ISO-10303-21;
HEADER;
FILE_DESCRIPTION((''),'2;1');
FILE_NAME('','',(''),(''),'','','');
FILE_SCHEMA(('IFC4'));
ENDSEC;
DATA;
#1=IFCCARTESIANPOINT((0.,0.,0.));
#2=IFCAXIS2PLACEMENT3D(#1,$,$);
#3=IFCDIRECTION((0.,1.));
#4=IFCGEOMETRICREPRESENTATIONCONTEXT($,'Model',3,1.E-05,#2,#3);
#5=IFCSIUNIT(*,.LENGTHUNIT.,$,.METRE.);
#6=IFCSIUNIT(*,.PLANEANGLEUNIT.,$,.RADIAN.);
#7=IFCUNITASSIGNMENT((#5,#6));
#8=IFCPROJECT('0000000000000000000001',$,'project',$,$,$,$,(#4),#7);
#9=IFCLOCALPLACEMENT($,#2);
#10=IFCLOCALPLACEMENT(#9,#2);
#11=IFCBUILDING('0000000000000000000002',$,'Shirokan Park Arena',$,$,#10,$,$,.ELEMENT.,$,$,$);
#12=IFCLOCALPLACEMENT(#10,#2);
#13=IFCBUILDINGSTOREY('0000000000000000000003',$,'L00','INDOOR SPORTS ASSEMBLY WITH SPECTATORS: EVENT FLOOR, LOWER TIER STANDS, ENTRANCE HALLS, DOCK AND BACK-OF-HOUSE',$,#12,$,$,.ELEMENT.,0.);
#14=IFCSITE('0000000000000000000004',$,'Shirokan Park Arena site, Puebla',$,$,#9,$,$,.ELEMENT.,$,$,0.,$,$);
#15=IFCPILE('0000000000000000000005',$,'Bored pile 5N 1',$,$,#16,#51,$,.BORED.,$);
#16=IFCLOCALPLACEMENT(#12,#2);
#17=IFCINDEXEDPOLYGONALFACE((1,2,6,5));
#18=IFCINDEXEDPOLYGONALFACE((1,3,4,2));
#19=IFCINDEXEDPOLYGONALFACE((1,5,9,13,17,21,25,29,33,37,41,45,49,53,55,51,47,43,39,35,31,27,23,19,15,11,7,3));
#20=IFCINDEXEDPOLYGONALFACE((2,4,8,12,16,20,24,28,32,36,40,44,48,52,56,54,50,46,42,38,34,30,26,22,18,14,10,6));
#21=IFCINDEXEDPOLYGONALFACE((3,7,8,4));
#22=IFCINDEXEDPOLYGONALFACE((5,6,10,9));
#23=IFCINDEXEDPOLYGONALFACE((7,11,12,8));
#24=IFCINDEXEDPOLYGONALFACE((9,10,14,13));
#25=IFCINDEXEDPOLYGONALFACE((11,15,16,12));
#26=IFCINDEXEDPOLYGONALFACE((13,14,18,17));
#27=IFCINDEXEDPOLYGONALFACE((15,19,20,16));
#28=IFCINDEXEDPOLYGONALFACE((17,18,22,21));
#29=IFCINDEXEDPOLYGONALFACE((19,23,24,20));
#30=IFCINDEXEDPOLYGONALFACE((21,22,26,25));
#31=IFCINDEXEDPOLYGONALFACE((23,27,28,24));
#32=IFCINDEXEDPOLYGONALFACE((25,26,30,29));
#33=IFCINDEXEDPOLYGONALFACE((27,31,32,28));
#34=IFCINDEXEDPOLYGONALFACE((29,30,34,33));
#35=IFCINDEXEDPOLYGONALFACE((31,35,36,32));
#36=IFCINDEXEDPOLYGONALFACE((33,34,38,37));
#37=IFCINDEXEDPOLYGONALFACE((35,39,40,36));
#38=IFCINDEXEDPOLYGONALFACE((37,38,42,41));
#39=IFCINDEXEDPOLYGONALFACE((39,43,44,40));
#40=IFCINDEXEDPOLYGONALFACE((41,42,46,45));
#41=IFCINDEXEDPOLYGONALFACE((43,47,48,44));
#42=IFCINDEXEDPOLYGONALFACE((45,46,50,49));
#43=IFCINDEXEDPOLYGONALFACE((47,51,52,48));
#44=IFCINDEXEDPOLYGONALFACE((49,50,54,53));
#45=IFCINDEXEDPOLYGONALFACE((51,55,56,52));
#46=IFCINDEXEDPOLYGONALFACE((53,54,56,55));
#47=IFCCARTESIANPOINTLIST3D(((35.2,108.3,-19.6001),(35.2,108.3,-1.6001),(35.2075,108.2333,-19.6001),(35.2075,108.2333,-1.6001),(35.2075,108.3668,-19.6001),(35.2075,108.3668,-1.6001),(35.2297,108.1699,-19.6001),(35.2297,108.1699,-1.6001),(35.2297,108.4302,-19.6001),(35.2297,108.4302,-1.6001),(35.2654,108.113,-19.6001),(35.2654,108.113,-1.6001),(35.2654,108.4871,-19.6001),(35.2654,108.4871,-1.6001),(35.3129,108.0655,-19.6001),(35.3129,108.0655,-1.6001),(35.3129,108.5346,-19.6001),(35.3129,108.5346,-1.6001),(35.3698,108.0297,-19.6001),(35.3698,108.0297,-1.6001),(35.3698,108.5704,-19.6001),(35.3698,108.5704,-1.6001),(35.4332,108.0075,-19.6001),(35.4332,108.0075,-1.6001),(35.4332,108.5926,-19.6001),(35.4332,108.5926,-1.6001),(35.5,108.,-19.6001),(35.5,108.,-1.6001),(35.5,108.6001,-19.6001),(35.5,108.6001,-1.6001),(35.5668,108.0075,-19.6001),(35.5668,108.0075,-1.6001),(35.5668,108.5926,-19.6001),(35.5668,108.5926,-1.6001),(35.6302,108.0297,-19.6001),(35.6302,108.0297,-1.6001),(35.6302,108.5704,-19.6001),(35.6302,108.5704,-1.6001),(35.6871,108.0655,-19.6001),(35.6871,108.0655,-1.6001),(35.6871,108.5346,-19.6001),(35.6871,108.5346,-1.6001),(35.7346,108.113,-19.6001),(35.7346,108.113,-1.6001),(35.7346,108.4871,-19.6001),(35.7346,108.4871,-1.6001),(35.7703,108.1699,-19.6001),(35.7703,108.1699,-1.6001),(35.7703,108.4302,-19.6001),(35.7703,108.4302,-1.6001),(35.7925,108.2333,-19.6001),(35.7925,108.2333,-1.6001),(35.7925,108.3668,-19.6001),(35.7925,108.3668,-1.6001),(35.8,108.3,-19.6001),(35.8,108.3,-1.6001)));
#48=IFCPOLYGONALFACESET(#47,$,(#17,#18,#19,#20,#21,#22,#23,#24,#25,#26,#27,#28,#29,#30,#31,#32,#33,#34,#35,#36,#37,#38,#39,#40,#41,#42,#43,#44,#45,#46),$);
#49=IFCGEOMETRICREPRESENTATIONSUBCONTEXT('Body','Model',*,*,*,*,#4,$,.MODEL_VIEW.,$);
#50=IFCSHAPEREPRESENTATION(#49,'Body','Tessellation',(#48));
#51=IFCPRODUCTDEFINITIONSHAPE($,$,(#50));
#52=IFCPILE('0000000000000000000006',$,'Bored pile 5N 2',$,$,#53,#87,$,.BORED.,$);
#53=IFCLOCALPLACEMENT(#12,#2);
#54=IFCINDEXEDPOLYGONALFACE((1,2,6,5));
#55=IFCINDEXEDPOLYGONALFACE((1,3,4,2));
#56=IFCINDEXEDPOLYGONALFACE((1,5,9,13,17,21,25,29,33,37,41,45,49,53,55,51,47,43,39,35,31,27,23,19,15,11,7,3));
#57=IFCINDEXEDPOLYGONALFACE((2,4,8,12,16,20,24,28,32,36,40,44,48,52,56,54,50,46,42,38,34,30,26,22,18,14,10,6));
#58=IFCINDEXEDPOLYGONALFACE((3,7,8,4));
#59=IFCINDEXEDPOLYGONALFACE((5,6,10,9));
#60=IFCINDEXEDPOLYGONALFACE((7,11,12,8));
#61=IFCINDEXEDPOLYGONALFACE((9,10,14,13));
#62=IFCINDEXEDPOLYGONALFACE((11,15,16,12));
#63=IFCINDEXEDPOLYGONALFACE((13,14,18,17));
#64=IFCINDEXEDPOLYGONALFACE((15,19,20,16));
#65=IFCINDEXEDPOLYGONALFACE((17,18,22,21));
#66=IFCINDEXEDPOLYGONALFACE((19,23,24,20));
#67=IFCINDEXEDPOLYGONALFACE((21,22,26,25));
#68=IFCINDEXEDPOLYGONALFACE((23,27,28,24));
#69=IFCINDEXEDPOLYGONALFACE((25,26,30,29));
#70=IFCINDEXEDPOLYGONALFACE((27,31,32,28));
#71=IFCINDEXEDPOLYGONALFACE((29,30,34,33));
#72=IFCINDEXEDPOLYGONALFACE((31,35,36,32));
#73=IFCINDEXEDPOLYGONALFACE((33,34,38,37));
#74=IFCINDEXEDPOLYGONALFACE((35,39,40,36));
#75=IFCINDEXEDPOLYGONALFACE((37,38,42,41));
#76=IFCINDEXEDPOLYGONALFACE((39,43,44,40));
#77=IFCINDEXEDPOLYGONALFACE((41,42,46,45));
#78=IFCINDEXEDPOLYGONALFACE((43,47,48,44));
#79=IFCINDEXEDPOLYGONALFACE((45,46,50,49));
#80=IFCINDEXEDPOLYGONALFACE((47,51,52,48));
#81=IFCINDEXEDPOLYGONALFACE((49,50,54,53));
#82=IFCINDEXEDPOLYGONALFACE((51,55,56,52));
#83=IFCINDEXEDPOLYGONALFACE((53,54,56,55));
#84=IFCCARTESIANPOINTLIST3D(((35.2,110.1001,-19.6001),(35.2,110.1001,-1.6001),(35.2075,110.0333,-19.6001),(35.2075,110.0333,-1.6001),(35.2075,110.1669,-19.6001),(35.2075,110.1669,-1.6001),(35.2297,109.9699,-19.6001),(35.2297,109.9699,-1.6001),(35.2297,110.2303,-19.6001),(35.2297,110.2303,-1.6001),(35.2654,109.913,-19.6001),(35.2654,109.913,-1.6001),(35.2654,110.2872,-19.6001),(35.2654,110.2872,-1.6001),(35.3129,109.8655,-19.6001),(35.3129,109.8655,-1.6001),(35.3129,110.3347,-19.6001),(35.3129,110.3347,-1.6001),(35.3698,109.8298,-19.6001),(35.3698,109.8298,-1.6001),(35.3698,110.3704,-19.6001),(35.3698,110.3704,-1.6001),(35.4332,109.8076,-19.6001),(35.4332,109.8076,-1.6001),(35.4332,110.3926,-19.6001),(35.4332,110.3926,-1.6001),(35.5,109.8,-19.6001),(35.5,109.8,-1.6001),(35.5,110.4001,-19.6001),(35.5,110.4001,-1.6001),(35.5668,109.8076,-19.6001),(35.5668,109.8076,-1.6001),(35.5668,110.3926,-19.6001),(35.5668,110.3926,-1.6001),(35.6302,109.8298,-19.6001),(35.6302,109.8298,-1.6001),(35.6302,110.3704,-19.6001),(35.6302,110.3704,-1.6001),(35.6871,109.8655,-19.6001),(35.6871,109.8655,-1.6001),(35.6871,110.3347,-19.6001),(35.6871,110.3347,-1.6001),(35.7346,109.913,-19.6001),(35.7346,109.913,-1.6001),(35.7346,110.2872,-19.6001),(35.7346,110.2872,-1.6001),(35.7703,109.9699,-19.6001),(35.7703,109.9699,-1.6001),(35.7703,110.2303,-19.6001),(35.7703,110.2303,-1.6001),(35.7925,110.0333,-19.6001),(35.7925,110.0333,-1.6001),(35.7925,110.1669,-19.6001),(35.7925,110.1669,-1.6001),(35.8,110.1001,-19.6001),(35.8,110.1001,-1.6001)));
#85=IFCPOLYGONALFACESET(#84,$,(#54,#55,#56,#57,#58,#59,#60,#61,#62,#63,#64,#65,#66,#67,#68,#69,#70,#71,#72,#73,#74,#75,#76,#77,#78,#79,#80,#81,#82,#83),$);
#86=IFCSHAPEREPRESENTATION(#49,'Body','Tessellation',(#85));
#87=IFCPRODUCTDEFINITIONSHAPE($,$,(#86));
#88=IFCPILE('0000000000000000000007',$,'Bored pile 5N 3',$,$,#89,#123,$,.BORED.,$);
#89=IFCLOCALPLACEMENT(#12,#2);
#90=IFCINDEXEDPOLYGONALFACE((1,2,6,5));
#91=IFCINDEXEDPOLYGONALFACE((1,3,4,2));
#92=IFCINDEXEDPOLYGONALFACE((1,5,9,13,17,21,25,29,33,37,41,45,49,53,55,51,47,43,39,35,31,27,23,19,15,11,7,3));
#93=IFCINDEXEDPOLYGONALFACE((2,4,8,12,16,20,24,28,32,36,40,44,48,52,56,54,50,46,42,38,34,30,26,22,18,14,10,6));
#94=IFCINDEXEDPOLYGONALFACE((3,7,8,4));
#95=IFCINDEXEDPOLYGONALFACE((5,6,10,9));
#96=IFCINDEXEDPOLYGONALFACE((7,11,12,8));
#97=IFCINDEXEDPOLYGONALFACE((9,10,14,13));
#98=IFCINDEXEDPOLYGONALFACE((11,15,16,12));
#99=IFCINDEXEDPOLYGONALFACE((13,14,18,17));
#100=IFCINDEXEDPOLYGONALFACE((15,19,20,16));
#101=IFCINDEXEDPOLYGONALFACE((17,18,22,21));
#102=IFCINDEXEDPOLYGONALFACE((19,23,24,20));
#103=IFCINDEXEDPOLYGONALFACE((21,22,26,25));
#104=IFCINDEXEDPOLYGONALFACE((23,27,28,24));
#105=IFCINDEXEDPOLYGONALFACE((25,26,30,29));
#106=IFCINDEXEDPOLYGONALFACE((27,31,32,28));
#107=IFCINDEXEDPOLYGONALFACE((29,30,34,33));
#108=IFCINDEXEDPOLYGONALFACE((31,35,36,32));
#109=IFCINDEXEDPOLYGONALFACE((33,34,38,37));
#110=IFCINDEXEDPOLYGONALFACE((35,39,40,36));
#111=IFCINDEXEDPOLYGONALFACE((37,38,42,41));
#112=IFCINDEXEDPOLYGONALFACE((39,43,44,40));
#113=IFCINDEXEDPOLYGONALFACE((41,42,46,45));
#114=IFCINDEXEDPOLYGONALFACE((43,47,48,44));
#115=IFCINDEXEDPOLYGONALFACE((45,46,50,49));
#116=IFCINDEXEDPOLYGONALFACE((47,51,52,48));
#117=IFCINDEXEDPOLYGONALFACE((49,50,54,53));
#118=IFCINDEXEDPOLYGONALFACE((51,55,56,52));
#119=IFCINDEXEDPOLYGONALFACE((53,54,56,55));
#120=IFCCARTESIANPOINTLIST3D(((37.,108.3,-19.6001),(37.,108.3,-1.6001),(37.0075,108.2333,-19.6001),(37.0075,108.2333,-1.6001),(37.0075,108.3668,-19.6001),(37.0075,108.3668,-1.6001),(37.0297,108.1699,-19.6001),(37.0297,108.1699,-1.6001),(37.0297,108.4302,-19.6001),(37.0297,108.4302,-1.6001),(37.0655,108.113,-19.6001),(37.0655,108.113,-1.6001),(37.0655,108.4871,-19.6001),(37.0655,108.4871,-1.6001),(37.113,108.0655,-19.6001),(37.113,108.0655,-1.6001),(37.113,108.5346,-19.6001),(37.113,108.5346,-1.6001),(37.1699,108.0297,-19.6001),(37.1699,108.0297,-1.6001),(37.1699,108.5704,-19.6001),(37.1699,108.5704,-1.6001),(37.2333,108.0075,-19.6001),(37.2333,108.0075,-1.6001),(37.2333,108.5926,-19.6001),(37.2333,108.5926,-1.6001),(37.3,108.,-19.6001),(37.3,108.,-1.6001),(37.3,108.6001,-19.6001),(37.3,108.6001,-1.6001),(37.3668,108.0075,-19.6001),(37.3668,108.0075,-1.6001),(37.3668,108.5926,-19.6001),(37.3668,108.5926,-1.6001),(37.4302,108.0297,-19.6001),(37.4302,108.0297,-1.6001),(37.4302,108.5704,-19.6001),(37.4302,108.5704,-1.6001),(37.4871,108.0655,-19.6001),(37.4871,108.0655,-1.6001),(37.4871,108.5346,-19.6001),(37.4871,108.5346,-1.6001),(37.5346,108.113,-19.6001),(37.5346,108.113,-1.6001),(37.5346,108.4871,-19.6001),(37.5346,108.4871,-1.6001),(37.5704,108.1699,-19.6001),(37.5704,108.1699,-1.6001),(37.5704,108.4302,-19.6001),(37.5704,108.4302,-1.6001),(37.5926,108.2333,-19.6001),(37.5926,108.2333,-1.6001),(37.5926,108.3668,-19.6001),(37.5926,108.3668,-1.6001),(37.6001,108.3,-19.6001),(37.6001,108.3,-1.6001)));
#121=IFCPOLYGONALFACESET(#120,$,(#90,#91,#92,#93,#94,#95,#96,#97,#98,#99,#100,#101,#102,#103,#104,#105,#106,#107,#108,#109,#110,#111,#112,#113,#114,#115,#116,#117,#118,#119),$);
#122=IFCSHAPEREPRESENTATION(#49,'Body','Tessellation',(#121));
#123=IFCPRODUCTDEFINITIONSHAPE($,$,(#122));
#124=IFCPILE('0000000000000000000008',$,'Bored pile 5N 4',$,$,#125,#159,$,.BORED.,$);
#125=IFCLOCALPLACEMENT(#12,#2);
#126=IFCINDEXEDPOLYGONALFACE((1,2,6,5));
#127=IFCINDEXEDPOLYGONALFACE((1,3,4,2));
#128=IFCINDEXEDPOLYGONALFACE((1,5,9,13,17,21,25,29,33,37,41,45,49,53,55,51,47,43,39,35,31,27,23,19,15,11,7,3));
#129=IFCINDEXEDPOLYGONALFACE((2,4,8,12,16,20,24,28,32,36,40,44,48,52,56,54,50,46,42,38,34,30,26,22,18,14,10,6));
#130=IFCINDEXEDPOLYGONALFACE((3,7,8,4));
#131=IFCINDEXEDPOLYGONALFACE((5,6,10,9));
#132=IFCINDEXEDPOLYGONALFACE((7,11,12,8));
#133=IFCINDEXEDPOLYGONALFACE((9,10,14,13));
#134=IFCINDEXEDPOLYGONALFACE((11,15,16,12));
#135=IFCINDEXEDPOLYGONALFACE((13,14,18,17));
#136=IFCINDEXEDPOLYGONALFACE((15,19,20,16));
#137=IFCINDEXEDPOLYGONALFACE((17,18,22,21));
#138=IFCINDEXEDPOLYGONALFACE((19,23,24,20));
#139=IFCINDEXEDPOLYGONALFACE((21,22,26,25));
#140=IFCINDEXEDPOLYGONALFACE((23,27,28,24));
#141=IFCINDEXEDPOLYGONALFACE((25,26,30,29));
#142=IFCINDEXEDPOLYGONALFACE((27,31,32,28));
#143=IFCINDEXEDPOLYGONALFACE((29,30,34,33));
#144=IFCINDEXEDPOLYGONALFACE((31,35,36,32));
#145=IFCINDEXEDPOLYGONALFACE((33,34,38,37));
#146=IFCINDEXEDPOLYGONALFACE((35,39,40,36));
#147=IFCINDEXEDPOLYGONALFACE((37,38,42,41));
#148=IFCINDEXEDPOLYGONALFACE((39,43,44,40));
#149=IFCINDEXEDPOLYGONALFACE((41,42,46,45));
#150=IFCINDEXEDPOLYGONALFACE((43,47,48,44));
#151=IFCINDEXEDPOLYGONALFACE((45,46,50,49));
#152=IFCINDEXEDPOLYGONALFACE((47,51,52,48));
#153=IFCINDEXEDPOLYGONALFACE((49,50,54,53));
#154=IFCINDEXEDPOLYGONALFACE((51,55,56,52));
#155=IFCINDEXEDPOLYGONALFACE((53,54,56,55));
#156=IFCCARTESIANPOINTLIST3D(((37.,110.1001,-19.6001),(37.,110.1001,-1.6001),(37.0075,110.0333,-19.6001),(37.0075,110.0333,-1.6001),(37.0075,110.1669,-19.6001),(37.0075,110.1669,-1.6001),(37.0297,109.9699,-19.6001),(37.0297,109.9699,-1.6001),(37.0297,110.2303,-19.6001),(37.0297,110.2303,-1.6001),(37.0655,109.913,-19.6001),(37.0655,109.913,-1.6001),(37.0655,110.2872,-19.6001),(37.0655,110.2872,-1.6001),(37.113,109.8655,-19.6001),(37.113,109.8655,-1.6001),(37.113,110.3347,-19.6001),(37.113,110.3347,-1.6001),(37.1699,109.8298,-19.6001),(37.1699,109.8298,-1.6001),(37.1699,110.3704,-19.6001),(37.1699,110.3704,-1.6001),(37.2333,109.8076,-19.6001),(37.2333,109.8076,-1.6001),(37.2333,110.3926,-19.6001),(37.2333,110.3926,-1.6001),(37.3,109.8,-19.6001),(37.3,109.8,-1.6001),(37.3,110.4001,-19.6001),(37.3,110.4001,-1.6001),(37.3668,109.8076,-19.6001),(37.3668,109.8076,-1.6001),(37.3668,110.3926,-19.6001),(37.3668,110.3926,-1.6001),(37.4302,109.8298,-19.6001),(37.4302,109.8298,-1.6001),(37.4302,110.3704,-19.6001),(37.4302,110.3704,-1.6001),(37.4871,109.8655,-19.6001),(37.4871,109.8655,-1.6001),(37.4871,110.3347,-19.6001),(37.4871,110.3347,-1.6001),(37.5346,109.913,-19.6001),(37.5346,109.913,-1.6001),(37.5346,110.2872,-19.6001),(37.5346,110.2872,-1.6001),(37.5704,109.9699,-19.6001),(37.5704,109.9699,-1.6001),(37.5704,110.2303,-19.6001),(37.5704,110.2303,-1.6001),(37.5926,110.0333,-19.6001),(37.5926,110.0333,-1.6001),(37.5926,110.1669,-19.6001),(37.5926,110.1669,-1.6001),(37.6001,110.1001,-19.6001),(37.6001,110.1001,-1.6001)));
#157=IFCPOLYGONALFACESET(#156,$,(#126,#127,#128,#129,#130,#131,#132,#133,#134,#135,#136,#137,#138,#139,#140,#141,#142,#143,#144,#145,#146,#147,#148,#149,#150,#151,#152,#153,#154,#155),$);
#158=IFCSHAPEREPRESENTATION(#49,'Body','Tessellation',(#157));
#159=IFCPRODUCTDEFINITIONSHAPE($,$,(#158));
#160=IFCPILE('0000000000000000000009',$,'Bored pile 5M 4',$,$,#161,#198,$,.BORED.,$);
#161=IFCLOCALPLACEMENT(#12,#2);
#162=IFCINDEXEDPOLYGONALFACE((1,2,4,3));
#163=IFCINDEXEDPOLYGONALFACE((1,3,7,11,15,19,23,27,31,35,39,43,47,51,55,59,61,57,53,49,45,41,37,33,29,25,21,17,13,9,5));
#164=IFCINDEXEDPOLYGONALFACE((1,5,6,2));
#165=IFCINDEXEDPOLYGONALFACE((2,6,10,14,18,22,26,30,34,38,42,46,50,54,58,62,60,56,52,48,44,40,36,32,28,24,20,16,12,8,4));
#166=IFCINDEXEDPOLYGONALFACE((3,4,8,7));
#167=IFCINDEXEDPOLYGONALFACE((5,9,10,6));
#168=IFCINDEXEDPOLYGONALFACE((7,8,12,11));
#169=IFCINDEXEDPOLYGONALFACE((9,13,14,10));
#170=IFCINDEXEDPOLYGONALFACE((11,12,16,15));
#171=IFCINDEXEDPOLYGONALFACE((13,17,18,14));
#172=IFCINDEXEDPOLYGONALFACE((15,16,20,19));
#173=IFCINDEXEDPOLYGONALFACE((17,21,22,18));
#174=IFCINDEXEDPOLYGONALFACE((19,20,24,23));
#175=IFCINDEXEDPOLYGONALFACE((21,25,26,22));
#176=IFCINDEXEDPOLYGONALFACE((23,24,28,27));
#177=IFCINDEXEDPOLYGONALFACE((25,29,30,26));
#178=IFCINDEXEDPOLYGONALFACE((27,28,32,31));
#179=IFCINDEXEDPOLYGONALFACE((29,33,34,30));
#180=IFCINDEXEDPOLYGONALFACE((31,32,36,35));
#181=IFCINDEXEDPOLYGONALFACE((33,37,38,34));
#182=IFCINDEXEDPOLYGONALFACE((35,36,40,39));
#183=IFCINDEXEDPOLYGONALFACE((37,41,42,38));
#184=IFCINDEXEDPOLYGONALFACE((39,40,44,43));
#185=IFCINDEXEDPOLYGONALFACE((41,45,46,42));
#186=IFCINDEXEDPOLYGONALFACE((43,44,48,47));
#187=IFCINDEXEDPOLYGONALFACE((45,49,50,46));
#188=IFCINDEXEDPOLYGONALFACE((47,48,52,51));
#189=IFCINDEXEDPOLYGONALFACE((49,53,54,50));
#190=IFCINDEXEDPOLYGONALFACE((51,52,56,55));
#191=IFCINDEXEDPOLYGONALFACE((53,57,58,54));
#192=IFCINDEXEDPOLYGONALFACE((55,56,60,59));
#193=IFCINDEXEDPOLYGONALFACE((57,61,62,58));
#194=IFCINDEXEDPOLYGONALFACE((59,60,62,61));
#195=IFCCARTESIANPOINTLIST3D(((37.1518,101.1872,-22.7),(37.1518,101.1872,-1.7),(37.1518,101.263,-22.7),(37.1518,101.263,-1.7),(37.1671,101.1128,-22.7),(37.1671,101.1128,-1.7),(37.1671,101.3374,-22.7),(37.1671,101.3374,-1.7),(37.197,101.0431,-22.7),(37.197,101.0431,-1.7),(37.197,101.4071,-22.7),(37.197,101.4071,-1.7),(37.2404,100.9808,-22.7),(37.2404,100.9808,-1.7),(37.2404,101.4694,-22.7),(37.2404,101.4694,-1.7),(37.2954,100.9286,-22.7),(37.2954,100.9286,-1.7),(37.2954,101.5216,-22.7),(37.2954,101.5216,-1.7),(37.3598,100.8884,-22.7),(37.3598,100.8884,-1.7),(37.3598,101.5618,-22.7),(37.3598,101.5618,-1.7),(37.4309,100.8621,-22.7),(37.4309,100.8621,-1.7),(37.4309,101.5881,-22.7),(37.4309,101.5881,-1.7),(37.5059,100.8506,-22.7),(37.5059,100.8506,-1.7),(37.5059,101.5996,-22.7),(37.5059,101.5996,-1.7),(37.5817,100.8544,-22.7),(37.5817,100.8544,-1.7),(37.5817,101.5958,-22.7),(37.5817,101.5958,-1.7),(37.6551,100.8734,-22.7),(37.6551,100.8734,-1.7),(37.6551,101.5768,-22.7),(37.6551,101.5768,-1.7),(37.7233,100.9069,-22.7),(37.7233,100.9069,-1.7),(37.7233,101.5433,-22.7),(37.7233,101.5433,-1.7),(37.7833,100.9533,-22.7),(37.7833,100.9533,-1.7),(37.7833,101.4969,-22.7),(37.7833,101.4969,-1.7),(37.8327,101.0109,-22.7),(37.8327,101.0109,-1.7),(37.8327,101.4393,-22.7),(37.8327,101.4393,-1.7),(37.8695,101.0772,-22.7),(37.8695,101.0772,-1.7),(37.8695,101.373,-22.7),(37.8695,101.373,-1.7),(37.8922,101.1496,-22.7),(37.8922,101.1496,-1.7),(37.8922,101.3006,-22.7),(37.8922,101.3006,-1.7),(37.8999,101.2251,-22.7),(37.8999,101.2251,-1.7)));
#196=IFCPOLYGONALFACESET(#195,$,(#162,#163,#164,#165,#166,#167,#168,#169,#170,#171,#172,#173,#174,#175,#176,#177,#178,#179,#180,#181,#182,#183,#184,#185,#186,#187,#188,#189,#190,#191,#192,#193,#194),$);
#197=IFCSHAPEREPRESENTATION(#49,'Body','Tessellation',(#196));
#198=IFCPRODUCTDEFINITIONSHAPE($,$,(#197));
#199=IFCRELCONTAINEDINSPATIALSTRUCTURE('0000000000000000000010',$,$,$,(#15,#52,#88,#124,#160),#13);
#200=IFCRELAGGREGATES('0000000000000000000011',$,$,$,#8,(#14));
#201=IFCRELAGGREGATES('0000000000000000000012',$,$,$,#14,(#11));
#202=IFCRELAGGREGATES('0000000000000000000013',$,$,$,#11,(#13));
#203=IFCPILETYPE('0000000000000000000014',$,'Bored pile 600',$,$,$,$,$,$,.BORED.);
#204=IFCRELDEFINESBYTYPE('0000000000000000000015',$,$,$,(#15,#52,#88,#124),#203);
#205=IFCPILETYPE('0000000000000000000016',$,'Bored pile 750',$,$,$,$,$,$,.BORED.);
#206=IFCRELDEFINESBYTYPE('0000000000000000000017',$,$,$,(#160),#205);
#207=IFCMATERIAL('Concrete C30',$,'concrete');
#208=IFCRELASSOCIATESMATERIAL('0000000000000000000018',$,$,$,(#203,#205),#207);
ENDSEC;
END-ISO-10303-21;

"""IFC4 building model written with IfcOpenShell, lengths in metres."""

from ifc_helpers import new_model, si_unit, direction, frame, origin, origin_2d, place, context, subcontext, project, spatial, circle, extrude, material, material_profile, profile_set, type_object, element, save


model = new_model("IFC4")

# Units and contexts
model_context = context("Model", 3, precision=1e-05, world=origin(), true_north=direction((0.0, 1.0)))
body_context = subcontext(model_context, "Body", "Model", "MODEL_VIEW")
ifc_project = project(units=[si_unit("LENGTHUNIT", "METRE"), si_unit("PLANEANGLEUNIT", "RADIAN")], contexts=[model_context])

# Site, building, storey
site_placement = place(None, origin())
site = spatial("IfcSite", under=ifc_project, at=site_placement, Name="Shirokan Park Arena site, Puebla", CompositionType="ELEMENT", RefElevation=0.0)
building_placement = place(site_placement, origin())
building = spatial("IfcBuilding", under=site, at=building_placement, Name="Shirokan Park Arena", CompositionType="ELEMENT")
storey_placement = place(building_placement, origin())
storey = spatial("IfcBuildingStorey", under=building, at=storey_placement, Name="L00", Description="INDOOR SPORTS ASSEMBLY WITH SPECTATORS: EVENT FLOOR, LOWER TIER STANDS, ENTRANCE HALLS, DOCK AND BACK-OF-HOUSE", CompositionType="ELEMENT", Elevation=0.0)

# Piles
ifc_material_1 = material(Name="Concrete C30", Category="concrete")
ifc_material_profile_1 = material_profile(ifc_material_1, circle(Radius=0.3, at=origin_2d()), Name="D600")
ifc_profile_set_1 = profile_set([ifc_material_profile_1], Name="Concrete C30")
pile_type_1 = type_object("IfcPileType", Name="Bored pile 600", PredefinedType="BORED", material=ifc_profile_set_1)
for number, where, z_axis, x_axis, name in (
    (1, (35.5, 108.3, -1.6001), (0.0, 0.0, -1.0), (1.0, 0.0, 0.0), "Bored pile 5N 1"),
    (2, (35.5, 110.1001, -1.6001), (0.0, 0.0, -1.0), (1.0, 0.0, 0.0), "Bored pile 5N 2"),
    (3, (37.3, 108.3, -1.6001), (0.0, 0.0, -1.0), (1.0, 0.0, 0.0), "Bored pile 5N 3"),
    (4, (37.3, 110.1001, -1.6001), (0.0, 0.0, -1.0), (1.0, 0.0, 0.0), "Bored pile 5N 4"),
):
    element("IfcPile", number, at=place(storey_placement, frame(where, z_axis=z_axis, x_axis=x_axis)), inside=storey, type_object=pile_type_1, Name=name, PredefinedType="BORED", context=body_context, shape_type="SweptSolid", body=[
        extrude(circle(Radius=0.3, at=origin_2d()), origin(), (0.0, 0.0, 1.0), 18.0),
    ])
ifc_material_profile_2 = material_profile(ifc_material_1, circle(Radius=0.375, at=origin_2d()), Name="D750")
ifc_profile_set_2 = profile_set([ifc_material_profile_2], Name="Concrete C30")
pile_type_2 = type_object("IfcPileType", Name="Bored pile 750", PredefinedType="BORED", material=ifc_profile_set_2)
pile_1_placement = place(storey_placement, frame((37.5249, 101.2251, -1.7), z_axis=(0.0, 0.0, -1.0), x_axis=(1.0, 0.0, 0.0)))
element("IfcPile", 5, at=pile_1_placement, inside=storey, type_object=pile_type_2, Name="Bored pile 5M 4", PredefinedType="BORED", context=body_context, shape_type="SweptSolid", body=[
    extrude(circle(Radius=0.375, at=origin_2d()), origin(), (0.0, 0.0, 1.0), 21.0),
])

save(model, "model.ifc")
